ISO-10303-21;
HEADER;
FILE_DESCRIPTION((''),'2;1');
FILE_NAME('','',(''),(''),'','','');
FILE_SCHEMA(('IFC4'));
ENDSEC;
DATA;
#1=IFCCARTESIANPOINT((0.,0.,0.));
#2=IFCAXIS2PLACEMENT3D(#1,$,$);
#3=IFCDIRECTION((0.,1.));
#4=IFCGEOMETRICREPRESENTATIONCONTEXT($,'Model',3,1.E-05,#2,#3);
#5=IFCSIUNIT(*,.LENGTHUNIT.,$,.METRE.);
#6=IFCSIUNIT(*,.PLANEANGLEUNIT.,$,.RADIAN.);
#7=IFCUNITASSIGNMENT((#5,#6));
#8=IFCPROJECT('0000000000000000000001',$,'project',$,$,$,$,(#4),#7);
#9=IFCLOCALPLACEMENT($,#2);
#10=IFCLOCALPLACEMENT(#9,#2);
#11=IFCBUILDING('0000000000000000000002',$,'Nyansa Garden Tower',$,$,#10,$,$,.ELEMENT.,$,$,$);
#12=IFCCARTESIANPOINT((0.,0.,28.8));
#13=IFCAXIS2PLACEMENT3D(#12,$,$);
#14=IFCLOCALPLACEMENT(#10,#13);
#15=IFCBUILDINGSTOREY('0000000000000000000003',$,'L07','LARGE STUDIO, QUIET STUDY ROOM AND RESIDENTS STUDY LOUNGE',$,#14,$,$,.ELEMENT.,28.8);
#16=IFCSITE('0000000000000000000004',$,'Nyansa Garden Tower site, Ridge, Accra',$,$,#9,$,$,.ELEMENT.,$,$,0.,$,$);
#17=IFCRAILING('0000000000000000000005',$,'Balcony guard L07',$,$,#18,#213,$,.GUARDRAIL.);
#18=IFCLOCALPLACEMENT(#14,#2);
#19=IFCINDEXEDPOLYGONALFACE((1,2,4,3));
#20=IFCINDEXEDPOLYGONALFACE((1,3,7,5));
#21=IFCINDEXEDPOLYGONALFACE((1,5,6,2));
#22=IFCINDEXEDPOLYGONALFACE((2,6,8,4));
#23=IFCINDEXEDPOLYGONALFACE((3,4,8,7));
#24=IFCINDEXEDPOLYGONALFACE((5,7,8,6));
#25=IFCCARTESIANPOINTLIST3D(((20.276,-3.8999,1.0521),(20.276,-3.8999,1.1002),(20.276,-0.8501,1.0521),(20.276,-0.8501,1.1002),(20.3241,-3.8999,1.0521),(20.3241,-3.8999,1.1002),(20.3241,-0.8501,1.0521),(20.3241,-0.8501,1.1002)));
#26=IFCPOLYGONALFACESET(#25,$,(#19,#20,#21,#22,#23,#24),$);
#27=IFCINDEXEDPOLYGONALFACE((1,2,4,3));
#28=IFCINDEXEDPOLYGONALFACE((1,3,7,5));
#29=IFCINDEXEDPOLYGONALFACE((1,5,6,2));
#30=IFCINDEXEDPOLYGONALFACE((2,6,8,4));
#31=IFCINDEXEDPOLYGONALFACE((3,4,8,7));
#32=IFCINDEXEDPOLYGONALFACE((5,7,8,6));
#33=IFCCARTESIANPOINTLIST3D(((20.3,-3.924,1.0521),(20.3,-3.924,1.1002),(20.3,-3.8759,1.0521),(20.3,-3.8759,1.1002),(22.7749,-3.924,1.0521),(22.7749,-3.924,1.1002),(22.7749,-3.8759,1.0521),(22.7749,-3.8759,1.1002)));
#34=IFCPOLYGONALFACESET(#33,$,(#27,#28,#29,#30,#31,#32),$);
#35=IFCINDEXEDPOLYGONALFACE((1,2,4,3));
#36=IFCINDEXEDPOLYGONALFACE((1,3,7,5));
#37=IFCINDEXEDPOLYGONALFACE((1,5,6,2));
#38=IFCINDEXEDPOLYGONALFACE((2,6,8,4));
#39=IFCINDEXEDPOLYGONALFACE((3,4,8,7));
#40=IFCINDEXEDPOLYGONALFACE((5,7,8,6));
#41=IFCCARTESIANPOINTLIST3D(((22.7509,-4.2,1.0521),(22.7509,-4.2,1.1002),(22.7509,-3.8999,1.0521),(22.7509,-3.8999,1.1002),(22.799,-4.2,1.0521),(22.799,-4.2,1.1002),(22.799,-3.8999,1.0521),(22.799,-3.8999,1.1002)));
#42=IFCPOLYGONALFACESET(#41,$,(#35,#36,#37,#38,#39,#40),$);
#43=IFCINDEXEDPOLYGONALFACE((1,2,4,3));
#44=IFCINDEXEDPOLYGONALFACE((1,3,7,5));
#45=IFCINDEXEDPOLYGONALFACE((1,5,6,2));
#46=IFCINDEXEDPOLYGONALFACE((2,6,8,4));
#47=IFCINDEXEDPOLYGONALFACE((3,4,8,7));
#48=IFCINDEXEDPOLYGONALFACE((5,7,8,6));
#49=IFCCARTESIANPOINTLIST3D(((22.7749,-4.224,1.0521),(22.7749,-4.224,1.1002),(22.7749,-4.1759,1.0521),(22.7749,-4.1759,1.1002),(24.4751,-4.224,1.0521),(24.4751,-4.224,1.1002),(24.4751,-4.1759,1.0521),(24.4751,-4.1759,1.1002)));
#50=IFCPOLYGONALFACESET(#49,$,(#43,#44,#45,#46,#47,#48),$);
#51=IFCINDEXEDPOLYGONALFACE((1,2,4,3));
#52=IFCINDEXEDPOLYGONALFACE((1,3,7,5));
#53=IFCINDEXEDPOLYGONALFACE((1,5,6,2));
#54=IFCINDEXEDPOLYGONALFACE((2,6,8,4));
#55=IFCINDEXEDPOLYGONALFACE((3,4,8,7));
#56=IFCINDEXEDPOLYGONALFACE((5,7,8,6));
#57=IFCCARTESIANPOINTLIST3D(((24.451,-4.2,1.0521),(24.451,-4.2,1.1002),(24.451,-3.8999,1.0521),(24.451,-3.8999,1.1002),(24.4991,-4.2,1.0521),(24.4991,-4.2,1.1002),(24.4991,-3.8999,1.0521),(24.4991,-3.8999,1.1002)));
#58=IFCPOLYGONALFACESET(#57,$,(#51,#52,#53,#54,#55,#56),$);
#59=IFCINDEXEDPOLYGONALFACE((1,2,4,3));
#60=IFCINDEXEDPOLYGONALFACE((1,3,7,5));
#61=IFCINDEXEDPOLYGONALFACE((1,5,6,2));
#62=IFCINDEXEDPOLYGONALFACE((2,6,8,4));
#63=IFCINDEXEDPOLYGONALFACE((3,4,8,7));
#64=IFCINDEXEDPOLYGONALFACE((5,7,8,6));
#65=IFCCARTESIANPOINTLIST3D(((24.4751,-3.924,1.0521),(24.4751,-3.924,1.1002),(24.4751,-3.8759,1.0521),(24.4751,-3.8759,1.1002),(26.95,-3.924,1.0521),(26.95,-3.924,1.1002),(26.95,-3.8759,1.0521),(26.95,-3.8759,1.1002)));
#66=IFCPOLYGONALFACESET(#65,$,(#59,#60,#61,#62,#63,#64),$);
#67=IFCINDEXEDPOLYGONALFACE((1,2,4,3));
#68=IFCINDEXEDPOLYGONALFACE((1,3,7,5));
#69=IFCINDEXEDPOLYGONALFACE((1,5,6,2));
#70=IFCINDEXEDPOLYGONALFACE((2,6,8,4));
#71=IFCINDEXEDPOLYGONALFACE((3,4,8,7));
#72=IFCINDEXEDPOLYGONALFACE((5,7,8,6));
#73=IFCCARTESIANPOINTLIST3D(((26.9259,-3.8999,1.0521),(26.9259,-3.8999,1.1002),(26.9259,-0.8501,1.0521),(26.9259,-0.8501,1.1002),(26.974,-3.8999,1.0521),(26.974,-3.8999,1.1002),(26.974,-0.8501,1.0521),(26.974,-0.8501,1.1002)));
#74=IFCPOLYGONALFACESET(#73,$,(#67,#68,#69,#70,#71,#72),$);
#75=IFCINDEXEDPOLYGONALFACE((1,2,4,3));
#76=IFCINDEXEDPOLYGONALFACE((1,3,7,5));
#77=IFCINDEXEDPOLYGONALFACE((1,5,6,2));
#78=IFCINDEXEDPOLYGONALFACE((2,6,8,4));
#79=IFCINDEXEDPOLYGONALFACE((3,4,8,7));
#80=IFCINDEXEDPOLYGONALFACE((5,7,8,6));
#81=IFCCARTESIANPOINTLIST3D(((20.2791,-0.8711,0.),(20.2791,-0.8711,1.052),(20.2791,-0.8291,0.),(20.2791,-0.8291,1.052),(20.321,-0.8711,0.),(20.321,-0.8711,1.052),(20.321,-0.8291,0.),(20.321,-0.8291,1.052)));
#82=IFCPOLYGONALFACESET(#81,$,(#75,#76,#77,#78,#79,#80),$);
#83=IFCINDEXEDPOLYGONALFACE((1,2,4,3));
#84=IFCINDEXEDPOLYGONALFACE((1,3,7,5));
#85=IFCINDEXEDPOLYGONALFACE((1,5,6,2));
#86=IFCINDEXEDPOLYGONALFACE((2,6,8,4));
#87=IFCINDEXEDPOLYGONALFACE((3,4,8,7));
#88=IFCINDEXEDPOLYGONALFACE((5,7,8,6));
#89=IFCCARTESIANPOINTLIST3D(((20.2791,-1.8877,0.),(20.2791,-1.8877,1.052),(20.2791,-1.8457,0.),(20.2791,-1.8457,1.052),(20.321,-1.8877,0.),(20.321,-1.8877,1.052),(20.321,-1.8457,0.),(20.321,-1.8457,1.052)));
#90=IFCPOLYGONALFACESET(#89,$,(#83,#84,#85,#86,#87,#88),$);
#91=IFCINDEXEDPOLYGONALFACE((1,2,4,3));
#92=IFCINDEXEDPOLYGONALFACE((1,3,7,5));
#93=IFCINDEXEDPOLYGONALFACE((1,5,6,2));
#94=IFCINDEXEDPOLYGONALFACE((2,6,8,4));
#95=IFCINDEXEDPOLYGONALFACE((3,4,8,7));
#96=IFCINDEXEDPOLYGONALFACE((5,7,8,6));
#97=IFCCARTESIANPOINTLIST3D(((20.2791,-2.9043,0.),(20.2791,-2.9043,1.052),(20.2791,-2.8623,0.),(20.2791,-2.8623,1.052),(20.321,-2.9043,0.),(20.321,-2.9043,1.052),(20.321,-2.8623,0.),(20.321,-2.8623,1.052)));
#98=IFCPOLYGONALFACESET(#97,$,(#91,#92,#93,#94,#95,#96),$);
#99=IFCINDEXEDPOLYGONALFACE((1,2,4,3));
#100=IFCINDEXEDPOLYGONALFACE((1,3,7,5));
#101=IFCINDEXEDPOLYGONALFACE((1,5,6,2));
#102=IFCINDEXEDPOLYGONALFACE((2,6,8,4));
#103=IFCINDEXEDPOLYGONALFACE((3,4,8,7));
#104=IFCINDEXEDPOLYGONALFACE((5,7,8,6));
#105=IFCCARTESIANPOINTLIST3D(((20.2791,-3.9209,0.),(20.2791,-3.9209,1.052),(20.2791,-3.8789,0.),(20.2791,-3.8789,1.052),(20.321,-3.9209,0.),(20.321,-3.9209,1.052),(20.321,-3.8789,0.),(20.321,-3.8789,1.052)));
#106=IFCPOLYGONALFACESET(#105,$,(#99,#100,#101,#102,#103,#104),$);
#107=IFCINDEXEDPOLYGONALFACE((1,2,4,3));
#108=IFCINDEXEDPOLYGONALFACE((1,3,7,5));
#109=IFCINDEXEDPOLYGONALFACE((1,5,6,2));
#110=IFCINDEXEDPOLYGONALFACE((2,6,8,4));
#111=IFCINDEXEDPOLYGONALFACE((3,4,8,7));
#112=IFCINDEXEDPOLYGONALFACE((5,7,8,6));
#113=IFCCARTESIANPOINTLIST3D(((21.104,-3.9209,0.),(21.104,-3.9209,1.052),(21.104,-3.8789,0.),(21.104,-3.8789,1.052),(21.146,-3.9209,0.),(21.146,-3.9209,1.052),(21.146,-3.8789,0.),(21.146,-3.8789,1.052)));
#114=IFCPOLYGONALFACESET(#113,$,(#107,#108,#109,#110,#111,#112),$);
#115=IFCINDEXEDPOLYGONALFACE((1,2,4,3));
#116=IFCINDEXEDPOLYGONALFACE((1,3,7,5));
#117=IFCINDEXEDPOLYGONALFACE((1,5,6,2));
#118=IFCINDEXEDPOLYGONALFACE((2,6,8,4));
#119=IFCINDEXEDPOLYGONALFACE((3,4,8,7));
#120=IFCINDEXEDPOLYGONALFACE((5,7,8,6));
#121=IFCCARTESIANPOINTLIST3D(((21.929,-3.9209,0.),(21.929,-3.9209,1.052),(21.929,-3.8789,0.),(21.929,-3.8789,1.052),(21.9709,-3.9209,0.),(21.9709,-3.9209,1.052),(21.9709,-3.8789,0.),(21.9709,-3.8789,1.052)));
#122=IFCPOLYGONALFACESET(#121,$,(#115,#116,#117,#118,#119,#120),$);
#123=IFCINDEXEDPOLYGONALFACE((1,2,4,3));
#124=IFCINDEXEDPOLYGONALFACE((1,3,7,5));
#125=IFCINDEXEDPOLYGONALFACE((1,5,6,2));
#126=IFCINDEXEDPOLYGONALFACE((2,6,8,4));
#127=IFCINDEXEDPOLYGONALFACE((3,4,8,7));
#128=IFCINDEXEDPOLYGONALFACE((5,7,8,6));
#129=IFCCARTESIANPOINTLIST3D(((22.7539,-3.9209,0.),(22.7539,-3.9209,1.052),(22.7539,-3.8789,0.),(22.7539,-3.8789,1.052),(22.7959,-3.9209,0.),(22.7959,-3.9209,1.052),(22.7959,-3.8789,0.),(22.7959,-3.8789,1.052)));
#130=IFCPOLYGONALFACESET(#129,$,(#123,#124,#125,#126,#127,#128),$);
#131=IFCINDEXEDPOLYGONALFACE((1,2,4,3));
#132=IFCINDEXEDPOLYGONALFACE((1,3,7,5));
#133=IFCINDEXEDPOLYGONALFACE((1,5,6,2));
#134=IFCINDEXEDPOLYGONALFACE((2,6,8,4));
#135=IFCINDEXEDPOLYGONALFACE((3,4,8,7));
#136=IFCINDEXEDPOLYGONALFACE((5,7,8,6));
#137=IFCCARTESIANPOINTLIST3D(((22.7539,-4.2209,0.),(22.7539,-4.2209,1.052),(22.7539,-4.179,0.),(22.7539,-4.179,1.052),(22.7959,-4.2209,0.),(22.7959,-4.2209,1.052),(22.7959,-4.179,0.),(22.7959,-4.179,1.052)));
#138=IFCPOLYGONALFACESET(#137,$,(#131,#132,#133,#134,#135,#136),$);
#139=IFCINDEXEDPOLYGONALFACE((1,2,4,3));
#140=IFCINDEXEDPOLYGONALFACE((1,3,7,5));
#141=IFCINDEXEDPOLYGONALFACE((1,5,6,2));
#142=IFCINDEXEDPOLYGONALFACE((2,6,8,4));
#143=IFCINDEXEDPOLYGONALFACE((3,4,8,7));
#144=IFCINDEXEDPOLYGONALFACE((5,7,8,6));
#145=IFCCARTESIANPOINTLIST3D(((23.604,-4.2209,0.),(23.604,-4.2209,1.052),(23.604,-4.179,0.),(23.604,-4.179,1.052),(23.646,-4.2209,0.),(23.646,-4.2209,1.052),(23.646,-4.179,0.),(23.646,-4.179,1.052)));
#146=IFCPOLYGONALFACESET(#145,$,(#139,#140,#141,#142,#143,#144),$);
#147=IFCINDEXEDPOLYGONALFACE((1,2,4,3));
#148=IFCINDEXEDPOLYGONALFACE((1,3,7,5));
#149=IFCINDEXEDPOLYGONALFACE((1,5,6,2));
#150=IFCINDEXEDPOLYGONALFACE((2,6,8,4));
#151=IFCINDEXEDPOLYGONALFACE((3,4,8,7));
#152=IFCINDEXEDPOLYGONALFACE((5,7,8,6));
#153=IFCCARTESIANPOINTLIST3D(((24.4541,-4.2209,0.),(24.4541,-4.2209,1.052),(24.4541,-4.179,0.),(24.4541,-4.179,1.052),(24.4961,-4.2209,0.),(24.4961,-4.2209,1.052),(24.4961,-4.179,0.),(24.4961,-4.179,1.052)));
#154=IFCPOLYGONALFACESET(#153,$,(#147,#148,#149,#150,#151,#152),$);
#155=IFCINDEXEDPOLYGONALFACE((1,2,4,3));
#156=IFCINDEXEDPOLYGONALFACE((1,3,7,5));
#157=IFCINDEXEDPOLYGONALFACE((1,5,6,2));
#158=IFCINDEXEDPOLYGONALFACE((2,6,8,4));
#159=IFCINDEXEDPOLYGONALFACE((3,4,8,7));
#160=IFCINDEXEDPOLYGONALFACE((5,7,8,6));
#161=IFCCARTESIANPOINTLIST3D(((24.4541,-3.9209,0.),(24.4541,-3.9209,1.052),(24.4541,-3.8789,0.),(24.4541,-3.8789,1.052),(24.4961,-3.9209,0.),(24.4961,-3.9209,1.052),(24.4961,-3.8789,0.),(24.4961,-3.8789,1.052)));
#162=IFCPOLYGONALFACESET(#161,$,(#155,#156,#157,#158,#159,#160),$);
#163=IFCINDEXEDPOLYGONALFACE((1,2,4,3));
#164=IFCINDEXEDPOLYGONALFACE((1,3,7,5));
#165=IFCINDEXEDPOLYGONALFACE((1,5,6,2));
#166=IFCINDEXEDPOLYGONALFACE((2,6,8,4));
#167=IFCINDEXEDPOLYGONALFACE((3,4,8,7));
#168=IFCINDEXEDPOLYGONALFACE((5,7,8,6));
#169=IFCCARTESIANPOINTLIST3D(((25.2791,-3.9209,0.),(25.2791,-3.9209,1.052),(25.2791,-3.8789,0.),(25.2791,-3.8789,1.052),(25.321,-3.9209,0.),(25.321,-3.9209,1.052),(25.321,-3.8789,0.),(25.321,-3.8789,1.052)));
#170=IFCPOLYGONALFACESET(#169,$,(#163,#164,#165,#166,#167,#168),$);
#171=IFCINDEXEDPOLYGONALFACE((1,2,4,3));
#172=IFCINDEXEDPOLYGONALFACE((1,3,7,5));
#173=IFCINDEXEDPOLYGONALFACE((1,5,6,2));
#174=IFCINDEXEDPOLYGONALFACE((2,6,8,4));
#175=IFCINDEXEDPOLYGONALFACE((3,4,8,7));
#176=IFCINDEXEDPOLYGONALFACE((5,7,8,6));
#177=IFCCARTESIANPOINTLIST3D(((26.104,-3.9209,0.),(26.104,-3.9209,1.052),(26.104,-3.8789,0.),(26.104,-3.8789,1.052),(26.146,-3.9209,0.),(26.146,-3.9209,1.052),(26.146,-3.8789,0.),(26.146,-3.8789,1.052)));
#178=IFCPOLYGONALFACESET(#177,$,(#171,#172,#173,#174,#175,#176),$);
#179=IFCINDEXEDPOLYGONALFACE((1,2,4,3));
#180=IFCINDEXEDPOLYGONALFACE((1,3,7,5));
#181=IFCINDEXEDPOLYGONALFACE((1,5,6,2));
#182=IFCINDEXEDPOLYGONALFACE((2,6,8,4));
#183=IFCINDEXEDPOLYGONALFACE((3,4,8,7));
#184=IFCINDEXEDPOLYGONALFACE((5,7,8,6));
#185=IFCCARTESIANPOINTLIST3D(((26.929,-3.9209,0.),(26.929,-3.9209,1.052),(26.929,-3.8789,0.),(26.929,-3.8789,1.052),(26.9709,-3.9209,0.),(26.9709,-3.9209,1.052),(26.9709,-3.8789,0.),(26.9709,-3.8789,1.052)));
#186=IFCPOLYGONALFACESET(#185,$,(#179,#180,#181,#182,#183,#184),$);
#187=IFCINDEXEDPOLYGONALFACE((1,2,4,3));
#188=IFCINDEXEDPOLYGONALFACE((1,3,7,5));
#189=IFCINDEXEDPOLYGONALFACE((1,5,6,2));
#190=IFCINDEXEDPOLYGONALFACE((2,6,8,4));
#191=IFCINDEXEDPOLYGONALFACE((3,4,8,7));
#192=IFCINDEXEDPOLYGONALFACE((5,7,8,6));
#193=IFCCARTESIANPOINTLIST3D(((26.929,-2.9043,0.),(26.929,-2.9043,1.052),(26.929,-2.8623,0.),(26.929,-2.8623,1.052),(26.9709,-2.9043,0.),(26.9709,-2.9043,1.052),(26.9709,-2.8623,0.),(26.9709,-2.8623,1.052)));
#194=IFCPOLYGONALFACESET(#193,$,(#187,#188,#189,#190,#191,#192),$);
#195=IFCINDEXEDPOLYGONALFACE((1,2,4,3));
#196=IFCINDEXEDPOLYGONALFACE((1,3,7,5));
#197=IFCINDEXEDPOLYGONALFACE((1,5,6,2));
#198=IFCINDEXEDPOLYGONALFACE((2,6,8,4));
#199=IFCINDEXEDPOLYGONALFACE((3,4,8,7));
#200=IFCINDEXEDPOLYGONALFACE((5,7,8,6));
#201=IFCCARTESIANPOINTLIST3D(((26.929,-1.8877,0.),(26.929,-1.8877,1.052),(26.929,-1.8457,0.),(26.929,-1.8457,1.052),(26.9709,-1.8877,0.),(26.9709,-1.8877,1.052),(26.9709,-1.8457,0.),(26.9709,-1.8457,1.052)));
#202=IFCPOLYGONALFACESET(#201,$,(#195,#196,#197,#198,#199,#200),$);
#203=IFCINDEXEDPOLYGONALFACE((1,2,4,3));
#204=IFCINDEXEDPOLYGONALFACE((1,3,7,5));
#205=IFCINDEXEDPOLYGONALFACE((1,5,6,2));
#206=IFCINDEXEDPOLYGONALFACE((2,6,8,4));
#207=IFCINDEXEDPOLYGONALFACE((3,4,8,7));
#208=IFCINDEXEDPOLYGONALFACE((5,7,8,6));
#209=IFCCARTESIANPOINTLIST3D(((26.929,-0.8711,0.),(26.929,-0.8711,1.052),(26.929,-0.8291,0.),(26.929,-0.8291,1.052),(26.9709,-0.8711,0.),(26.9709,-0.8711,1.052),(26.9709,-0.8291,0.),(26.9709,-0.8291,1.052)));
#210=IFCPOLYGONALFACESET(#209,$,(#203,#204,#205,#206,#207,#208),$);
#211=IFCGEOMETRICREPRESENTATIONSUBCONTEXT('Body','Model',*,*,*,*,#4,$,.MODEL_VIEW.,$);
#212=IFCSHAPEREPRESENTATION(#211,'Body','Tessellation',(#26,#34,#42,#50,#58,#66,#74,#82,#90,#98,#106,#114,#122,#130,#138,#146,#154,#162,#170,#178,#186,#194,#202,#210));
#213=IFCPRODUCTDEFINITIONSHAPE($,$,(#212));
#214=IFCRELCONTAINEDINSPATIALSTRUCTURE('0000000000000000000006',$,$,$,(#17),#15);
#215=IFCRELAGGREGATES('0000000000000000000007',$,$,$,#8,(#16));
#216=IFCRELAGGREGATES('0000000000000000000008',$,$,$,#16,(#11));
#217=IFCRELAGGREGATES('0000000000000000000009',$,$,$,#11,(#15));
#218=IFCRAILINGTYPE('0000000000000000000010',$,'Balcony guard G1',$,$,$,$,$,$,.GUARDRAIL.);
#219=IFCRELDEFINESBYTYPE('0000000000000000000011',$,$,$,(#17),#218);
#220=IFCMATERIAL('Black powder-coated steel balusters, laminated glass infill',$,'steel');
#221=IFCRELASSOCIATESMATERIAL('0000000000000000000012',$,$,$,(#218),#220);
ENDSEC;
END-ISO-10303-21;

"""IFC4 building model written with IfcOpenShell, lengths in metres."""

from ifc_helpers import new_model, si_unit, direction, frame, origin, origin_2d, place, context, subcontext, project, spatial, rectangle, extrude, material, type_object, element, save


model = new_model("IFC4")

# Units and contexts
model_context = context("Model", 3, precision=1e-05, world=origin(), true_north=direction((0.0, 1.0)))
body_context = subcontext(model_context, "Body", "Model", "MODEL_VIEW")
ifc_project = project(units=[si_unit("LENGTHUNIT", "METRE"), si_unit("PLANEANGLEUNIT", "RADIAN")], contexts=[model_context])

# Site, building, storey
site_placement = place(None, origin())
site = spatial("IfcSite", under=ifc_project, at=site_placement, Name="Nyansa Garden Tower site, Ridge, Accra", CompositionType="ELEMENT", RefElevation=0.0)
building_placement = place(site_placement, origin())
building = spatial("IfcBuilding", under=site, at=building_placement, Name="Nyansa Garden Tower", CompositionType="ELEMENT")
storey_placement = place(building_placement, frame((0.0, 0.0, 28.8)))
storey = spatial("IfcBuildingStorey", under=building, at=storey_placement, Name="L07", Description="LARGE STUDIO, QUIET STUDY ROOM AND RESIDENTS STUDY LOUNGE", CompositionType="ELEMENT", Elevation=28.8)

# Railing
ifc_material_1 = material(Name="Black powder-coated steel balusters, laminated glass infill", Category="steel")
railing_type = type_object("IfcRailingType", Name="Balcony guard G1", PredefinedType="GUARDRAIL", material=ifc_material_1)
railing_placement = place(storey_placement, frame((20.3, -0.8501, 0.0)))
element("IfcRailing", 1, at=railing_placement, inside=storey, type_object=railing_type, Name="Balcony guard L07", PredefinedType="GUARDRAIL", context=body_context, shape_type="SweptSolid", body=[
    extrude(rectangle(XDim=0.0481, YDim=0.0481, at=origin_2d()), frame((0.0, 0.0, 1.0762), z_axis=(0.0, -1.0, 0.0), x_axis=(1.0, 0.0, 0.0)), (0.0, 0.0, 1.0), 3.0498),
    extrude(rectangle(XDim=0.0481, YDim=0.0481, at=origin_2d()), frame((0.0, -3.0498, 1.0762), z_axis=(1.0, 0.0, 0.0), x_axis=(0.0, 1.0, 0.0)), (0.0, 0.0, 1.0), 2.4749),
    extrude(rectangle(XDim=0.0481, YDim=0.0481, at=origin_2d()), frame((2.4749, -3.0498, 1.0762), z_axis=(0.0, -1.0, 0.0), x_axis=(1.0, 0.0, 0.0)), (0.0, 0.0, 1.0), 0.3),
    extrude(rectangle(XDim=0.0481, YDim=0.0481, at=origin_2d()), frame((2.4749, -3.3499, 1.0762), z_axis=(1.0, 0.0, 0.0), x_axis=(0.0, 1.0, 0.0)), (0.0, 0.0, 1.0), 1.7002),
    extrude(rectangle(XDim=0.0481, YDim=0.0481, at=origin_2d()), frame((4.175, -3.3499, 1.0762), z_axis=(0.0, 1.0, 0.0), x_axis=(-1.0, 0.0, 0.0)), (0.0, 0.0, 1.0), 0.3),
    extrude(rectangle(XDim=0.0481, YDim=0.0481, at=origin_2d()), frame((4.175, -3.0498, 1.0762), z_axis=(1.0, 0.0, 0.0), x_axis=(0.0, 1.0, 0.0)), (0.0, 0.0, 1.0), 2.4749),
    extrude(rectangle(XDim=0.0481, YDim=0.0481, at=origin_2d()), frame((6.6499, -3.0498, 1.0762), z_axis=(0.0, 1.0, 0.0), x_axis=(-1.0, 0.0, 0.0)), (0.0, 0.0, 1.0), 3.0498),
    extrude(rectangle(XDim=0.042, YDim=0.042, at=origin_2d()), origin(), (0.0, 0.0, 1.0), 1.052),
    extrude(rectangle(XDim=0.042, YDim=0.042, at=origin_2d()), frame((0.0, -1.0166, 0.0)), (0.0, 0.0, 1.0), 1.052),
    extrude(rectangle(XDim=0.042, YDim=0.042, at=origin_2d()), frame((0.0, -2.0332, 0.0)), (0.0, 0.0, 1.0), 1.052),
    extrude(rectangle(XDim=0.042, YDim=0.042, at=origin_2d()), frame((0.0, -3.0498, 0.0)), (0.0, 0.0, 1.0), 1.052),
    extrude(rectangle(XDim=0.042, YDim=0.042, at=origin_2d()), frame((0.825, -3.0498, 0.0)), (0.0, 0.0, 1.0), 1.052),
    extrude(rectangle(XDim=0.042, YDim=0.042, at=origin_2d()), frame((1.6499, -3.0498, 0.0)), (0.0, 0.0, 1.0), 1.052),
    extrude(rectangle(XDim=0.042, YDim=0.042, at=origin_2d()), frame((2.4749, -3.0498, 0.0)), (0.0, 0.0, 1.0), 1.052),
    extrude(rectangle(XDim=0.042, YDim=0.042, at=origin_2d()), frame((2.4749, -3.3499, 0.0)), (0.0, 0.0, 1.0), 1.052),
    extrude(rectangle(XDim=0.042, YDim=0.042, at=origin_2d()), frame((3.325, -3.3499, 0.0)), (0.0, 0.0, 1.0), 1.052),
    extrude(rectangle(XDim=0.042, YDim=0.042, at=origin_2d()), frame((4.175, -3.3499, 0.0)), (0.0, 0.0, 1.0), 1.052),
    extrude(rectangle(XDim=0.042, YDim=0.042, at=origin_2d()), frame((4.175, -3.0498, 0.0)), (0.0, 0.0, 1.0), 1.052),
    extrude(rectangle(XDim=0.042, YDim=0.042, at=origin_2d()), frame((5.0, -3.0498, 0.0)), (0.0, 0.0, 1.0), 1.052),
    extrude(rectangle(XDim=0.042, YDim=0.042, at=origin_2d()), frame((5.825, -3.0498, 0.0)), (0.0, 0.0, 1.0), 1.052),
    extrude(rectangle(XDim=0.042, YDim=0.042, at=origin_2d()), frame((6.6499, -3.0498, 0.0)), (0.0, 0.0, 1.0), 1.052),
    extrude(rectangle(XDim=0.042, YDim=0.042, at=origin_2d()), frame((6.6499, -2.0332, 0.0)), (0.0, 0.0, 1.0), 1.052),
    extrude(rectangle(XDim=0.042, YDim=0.042, at=origin_2d()), frame((6.6499, -1.0166, 0.0)), (0.0, 0.0, 1.0), 1.052),
    extrude(rectangle(XDim=0.042, YDim=0.042, at=origin_2d()), frame((6.6499, 0.0, 0.0)), (0.0, 0.0, 1.0), 1.052),
])

save(model, "model.ifc")
